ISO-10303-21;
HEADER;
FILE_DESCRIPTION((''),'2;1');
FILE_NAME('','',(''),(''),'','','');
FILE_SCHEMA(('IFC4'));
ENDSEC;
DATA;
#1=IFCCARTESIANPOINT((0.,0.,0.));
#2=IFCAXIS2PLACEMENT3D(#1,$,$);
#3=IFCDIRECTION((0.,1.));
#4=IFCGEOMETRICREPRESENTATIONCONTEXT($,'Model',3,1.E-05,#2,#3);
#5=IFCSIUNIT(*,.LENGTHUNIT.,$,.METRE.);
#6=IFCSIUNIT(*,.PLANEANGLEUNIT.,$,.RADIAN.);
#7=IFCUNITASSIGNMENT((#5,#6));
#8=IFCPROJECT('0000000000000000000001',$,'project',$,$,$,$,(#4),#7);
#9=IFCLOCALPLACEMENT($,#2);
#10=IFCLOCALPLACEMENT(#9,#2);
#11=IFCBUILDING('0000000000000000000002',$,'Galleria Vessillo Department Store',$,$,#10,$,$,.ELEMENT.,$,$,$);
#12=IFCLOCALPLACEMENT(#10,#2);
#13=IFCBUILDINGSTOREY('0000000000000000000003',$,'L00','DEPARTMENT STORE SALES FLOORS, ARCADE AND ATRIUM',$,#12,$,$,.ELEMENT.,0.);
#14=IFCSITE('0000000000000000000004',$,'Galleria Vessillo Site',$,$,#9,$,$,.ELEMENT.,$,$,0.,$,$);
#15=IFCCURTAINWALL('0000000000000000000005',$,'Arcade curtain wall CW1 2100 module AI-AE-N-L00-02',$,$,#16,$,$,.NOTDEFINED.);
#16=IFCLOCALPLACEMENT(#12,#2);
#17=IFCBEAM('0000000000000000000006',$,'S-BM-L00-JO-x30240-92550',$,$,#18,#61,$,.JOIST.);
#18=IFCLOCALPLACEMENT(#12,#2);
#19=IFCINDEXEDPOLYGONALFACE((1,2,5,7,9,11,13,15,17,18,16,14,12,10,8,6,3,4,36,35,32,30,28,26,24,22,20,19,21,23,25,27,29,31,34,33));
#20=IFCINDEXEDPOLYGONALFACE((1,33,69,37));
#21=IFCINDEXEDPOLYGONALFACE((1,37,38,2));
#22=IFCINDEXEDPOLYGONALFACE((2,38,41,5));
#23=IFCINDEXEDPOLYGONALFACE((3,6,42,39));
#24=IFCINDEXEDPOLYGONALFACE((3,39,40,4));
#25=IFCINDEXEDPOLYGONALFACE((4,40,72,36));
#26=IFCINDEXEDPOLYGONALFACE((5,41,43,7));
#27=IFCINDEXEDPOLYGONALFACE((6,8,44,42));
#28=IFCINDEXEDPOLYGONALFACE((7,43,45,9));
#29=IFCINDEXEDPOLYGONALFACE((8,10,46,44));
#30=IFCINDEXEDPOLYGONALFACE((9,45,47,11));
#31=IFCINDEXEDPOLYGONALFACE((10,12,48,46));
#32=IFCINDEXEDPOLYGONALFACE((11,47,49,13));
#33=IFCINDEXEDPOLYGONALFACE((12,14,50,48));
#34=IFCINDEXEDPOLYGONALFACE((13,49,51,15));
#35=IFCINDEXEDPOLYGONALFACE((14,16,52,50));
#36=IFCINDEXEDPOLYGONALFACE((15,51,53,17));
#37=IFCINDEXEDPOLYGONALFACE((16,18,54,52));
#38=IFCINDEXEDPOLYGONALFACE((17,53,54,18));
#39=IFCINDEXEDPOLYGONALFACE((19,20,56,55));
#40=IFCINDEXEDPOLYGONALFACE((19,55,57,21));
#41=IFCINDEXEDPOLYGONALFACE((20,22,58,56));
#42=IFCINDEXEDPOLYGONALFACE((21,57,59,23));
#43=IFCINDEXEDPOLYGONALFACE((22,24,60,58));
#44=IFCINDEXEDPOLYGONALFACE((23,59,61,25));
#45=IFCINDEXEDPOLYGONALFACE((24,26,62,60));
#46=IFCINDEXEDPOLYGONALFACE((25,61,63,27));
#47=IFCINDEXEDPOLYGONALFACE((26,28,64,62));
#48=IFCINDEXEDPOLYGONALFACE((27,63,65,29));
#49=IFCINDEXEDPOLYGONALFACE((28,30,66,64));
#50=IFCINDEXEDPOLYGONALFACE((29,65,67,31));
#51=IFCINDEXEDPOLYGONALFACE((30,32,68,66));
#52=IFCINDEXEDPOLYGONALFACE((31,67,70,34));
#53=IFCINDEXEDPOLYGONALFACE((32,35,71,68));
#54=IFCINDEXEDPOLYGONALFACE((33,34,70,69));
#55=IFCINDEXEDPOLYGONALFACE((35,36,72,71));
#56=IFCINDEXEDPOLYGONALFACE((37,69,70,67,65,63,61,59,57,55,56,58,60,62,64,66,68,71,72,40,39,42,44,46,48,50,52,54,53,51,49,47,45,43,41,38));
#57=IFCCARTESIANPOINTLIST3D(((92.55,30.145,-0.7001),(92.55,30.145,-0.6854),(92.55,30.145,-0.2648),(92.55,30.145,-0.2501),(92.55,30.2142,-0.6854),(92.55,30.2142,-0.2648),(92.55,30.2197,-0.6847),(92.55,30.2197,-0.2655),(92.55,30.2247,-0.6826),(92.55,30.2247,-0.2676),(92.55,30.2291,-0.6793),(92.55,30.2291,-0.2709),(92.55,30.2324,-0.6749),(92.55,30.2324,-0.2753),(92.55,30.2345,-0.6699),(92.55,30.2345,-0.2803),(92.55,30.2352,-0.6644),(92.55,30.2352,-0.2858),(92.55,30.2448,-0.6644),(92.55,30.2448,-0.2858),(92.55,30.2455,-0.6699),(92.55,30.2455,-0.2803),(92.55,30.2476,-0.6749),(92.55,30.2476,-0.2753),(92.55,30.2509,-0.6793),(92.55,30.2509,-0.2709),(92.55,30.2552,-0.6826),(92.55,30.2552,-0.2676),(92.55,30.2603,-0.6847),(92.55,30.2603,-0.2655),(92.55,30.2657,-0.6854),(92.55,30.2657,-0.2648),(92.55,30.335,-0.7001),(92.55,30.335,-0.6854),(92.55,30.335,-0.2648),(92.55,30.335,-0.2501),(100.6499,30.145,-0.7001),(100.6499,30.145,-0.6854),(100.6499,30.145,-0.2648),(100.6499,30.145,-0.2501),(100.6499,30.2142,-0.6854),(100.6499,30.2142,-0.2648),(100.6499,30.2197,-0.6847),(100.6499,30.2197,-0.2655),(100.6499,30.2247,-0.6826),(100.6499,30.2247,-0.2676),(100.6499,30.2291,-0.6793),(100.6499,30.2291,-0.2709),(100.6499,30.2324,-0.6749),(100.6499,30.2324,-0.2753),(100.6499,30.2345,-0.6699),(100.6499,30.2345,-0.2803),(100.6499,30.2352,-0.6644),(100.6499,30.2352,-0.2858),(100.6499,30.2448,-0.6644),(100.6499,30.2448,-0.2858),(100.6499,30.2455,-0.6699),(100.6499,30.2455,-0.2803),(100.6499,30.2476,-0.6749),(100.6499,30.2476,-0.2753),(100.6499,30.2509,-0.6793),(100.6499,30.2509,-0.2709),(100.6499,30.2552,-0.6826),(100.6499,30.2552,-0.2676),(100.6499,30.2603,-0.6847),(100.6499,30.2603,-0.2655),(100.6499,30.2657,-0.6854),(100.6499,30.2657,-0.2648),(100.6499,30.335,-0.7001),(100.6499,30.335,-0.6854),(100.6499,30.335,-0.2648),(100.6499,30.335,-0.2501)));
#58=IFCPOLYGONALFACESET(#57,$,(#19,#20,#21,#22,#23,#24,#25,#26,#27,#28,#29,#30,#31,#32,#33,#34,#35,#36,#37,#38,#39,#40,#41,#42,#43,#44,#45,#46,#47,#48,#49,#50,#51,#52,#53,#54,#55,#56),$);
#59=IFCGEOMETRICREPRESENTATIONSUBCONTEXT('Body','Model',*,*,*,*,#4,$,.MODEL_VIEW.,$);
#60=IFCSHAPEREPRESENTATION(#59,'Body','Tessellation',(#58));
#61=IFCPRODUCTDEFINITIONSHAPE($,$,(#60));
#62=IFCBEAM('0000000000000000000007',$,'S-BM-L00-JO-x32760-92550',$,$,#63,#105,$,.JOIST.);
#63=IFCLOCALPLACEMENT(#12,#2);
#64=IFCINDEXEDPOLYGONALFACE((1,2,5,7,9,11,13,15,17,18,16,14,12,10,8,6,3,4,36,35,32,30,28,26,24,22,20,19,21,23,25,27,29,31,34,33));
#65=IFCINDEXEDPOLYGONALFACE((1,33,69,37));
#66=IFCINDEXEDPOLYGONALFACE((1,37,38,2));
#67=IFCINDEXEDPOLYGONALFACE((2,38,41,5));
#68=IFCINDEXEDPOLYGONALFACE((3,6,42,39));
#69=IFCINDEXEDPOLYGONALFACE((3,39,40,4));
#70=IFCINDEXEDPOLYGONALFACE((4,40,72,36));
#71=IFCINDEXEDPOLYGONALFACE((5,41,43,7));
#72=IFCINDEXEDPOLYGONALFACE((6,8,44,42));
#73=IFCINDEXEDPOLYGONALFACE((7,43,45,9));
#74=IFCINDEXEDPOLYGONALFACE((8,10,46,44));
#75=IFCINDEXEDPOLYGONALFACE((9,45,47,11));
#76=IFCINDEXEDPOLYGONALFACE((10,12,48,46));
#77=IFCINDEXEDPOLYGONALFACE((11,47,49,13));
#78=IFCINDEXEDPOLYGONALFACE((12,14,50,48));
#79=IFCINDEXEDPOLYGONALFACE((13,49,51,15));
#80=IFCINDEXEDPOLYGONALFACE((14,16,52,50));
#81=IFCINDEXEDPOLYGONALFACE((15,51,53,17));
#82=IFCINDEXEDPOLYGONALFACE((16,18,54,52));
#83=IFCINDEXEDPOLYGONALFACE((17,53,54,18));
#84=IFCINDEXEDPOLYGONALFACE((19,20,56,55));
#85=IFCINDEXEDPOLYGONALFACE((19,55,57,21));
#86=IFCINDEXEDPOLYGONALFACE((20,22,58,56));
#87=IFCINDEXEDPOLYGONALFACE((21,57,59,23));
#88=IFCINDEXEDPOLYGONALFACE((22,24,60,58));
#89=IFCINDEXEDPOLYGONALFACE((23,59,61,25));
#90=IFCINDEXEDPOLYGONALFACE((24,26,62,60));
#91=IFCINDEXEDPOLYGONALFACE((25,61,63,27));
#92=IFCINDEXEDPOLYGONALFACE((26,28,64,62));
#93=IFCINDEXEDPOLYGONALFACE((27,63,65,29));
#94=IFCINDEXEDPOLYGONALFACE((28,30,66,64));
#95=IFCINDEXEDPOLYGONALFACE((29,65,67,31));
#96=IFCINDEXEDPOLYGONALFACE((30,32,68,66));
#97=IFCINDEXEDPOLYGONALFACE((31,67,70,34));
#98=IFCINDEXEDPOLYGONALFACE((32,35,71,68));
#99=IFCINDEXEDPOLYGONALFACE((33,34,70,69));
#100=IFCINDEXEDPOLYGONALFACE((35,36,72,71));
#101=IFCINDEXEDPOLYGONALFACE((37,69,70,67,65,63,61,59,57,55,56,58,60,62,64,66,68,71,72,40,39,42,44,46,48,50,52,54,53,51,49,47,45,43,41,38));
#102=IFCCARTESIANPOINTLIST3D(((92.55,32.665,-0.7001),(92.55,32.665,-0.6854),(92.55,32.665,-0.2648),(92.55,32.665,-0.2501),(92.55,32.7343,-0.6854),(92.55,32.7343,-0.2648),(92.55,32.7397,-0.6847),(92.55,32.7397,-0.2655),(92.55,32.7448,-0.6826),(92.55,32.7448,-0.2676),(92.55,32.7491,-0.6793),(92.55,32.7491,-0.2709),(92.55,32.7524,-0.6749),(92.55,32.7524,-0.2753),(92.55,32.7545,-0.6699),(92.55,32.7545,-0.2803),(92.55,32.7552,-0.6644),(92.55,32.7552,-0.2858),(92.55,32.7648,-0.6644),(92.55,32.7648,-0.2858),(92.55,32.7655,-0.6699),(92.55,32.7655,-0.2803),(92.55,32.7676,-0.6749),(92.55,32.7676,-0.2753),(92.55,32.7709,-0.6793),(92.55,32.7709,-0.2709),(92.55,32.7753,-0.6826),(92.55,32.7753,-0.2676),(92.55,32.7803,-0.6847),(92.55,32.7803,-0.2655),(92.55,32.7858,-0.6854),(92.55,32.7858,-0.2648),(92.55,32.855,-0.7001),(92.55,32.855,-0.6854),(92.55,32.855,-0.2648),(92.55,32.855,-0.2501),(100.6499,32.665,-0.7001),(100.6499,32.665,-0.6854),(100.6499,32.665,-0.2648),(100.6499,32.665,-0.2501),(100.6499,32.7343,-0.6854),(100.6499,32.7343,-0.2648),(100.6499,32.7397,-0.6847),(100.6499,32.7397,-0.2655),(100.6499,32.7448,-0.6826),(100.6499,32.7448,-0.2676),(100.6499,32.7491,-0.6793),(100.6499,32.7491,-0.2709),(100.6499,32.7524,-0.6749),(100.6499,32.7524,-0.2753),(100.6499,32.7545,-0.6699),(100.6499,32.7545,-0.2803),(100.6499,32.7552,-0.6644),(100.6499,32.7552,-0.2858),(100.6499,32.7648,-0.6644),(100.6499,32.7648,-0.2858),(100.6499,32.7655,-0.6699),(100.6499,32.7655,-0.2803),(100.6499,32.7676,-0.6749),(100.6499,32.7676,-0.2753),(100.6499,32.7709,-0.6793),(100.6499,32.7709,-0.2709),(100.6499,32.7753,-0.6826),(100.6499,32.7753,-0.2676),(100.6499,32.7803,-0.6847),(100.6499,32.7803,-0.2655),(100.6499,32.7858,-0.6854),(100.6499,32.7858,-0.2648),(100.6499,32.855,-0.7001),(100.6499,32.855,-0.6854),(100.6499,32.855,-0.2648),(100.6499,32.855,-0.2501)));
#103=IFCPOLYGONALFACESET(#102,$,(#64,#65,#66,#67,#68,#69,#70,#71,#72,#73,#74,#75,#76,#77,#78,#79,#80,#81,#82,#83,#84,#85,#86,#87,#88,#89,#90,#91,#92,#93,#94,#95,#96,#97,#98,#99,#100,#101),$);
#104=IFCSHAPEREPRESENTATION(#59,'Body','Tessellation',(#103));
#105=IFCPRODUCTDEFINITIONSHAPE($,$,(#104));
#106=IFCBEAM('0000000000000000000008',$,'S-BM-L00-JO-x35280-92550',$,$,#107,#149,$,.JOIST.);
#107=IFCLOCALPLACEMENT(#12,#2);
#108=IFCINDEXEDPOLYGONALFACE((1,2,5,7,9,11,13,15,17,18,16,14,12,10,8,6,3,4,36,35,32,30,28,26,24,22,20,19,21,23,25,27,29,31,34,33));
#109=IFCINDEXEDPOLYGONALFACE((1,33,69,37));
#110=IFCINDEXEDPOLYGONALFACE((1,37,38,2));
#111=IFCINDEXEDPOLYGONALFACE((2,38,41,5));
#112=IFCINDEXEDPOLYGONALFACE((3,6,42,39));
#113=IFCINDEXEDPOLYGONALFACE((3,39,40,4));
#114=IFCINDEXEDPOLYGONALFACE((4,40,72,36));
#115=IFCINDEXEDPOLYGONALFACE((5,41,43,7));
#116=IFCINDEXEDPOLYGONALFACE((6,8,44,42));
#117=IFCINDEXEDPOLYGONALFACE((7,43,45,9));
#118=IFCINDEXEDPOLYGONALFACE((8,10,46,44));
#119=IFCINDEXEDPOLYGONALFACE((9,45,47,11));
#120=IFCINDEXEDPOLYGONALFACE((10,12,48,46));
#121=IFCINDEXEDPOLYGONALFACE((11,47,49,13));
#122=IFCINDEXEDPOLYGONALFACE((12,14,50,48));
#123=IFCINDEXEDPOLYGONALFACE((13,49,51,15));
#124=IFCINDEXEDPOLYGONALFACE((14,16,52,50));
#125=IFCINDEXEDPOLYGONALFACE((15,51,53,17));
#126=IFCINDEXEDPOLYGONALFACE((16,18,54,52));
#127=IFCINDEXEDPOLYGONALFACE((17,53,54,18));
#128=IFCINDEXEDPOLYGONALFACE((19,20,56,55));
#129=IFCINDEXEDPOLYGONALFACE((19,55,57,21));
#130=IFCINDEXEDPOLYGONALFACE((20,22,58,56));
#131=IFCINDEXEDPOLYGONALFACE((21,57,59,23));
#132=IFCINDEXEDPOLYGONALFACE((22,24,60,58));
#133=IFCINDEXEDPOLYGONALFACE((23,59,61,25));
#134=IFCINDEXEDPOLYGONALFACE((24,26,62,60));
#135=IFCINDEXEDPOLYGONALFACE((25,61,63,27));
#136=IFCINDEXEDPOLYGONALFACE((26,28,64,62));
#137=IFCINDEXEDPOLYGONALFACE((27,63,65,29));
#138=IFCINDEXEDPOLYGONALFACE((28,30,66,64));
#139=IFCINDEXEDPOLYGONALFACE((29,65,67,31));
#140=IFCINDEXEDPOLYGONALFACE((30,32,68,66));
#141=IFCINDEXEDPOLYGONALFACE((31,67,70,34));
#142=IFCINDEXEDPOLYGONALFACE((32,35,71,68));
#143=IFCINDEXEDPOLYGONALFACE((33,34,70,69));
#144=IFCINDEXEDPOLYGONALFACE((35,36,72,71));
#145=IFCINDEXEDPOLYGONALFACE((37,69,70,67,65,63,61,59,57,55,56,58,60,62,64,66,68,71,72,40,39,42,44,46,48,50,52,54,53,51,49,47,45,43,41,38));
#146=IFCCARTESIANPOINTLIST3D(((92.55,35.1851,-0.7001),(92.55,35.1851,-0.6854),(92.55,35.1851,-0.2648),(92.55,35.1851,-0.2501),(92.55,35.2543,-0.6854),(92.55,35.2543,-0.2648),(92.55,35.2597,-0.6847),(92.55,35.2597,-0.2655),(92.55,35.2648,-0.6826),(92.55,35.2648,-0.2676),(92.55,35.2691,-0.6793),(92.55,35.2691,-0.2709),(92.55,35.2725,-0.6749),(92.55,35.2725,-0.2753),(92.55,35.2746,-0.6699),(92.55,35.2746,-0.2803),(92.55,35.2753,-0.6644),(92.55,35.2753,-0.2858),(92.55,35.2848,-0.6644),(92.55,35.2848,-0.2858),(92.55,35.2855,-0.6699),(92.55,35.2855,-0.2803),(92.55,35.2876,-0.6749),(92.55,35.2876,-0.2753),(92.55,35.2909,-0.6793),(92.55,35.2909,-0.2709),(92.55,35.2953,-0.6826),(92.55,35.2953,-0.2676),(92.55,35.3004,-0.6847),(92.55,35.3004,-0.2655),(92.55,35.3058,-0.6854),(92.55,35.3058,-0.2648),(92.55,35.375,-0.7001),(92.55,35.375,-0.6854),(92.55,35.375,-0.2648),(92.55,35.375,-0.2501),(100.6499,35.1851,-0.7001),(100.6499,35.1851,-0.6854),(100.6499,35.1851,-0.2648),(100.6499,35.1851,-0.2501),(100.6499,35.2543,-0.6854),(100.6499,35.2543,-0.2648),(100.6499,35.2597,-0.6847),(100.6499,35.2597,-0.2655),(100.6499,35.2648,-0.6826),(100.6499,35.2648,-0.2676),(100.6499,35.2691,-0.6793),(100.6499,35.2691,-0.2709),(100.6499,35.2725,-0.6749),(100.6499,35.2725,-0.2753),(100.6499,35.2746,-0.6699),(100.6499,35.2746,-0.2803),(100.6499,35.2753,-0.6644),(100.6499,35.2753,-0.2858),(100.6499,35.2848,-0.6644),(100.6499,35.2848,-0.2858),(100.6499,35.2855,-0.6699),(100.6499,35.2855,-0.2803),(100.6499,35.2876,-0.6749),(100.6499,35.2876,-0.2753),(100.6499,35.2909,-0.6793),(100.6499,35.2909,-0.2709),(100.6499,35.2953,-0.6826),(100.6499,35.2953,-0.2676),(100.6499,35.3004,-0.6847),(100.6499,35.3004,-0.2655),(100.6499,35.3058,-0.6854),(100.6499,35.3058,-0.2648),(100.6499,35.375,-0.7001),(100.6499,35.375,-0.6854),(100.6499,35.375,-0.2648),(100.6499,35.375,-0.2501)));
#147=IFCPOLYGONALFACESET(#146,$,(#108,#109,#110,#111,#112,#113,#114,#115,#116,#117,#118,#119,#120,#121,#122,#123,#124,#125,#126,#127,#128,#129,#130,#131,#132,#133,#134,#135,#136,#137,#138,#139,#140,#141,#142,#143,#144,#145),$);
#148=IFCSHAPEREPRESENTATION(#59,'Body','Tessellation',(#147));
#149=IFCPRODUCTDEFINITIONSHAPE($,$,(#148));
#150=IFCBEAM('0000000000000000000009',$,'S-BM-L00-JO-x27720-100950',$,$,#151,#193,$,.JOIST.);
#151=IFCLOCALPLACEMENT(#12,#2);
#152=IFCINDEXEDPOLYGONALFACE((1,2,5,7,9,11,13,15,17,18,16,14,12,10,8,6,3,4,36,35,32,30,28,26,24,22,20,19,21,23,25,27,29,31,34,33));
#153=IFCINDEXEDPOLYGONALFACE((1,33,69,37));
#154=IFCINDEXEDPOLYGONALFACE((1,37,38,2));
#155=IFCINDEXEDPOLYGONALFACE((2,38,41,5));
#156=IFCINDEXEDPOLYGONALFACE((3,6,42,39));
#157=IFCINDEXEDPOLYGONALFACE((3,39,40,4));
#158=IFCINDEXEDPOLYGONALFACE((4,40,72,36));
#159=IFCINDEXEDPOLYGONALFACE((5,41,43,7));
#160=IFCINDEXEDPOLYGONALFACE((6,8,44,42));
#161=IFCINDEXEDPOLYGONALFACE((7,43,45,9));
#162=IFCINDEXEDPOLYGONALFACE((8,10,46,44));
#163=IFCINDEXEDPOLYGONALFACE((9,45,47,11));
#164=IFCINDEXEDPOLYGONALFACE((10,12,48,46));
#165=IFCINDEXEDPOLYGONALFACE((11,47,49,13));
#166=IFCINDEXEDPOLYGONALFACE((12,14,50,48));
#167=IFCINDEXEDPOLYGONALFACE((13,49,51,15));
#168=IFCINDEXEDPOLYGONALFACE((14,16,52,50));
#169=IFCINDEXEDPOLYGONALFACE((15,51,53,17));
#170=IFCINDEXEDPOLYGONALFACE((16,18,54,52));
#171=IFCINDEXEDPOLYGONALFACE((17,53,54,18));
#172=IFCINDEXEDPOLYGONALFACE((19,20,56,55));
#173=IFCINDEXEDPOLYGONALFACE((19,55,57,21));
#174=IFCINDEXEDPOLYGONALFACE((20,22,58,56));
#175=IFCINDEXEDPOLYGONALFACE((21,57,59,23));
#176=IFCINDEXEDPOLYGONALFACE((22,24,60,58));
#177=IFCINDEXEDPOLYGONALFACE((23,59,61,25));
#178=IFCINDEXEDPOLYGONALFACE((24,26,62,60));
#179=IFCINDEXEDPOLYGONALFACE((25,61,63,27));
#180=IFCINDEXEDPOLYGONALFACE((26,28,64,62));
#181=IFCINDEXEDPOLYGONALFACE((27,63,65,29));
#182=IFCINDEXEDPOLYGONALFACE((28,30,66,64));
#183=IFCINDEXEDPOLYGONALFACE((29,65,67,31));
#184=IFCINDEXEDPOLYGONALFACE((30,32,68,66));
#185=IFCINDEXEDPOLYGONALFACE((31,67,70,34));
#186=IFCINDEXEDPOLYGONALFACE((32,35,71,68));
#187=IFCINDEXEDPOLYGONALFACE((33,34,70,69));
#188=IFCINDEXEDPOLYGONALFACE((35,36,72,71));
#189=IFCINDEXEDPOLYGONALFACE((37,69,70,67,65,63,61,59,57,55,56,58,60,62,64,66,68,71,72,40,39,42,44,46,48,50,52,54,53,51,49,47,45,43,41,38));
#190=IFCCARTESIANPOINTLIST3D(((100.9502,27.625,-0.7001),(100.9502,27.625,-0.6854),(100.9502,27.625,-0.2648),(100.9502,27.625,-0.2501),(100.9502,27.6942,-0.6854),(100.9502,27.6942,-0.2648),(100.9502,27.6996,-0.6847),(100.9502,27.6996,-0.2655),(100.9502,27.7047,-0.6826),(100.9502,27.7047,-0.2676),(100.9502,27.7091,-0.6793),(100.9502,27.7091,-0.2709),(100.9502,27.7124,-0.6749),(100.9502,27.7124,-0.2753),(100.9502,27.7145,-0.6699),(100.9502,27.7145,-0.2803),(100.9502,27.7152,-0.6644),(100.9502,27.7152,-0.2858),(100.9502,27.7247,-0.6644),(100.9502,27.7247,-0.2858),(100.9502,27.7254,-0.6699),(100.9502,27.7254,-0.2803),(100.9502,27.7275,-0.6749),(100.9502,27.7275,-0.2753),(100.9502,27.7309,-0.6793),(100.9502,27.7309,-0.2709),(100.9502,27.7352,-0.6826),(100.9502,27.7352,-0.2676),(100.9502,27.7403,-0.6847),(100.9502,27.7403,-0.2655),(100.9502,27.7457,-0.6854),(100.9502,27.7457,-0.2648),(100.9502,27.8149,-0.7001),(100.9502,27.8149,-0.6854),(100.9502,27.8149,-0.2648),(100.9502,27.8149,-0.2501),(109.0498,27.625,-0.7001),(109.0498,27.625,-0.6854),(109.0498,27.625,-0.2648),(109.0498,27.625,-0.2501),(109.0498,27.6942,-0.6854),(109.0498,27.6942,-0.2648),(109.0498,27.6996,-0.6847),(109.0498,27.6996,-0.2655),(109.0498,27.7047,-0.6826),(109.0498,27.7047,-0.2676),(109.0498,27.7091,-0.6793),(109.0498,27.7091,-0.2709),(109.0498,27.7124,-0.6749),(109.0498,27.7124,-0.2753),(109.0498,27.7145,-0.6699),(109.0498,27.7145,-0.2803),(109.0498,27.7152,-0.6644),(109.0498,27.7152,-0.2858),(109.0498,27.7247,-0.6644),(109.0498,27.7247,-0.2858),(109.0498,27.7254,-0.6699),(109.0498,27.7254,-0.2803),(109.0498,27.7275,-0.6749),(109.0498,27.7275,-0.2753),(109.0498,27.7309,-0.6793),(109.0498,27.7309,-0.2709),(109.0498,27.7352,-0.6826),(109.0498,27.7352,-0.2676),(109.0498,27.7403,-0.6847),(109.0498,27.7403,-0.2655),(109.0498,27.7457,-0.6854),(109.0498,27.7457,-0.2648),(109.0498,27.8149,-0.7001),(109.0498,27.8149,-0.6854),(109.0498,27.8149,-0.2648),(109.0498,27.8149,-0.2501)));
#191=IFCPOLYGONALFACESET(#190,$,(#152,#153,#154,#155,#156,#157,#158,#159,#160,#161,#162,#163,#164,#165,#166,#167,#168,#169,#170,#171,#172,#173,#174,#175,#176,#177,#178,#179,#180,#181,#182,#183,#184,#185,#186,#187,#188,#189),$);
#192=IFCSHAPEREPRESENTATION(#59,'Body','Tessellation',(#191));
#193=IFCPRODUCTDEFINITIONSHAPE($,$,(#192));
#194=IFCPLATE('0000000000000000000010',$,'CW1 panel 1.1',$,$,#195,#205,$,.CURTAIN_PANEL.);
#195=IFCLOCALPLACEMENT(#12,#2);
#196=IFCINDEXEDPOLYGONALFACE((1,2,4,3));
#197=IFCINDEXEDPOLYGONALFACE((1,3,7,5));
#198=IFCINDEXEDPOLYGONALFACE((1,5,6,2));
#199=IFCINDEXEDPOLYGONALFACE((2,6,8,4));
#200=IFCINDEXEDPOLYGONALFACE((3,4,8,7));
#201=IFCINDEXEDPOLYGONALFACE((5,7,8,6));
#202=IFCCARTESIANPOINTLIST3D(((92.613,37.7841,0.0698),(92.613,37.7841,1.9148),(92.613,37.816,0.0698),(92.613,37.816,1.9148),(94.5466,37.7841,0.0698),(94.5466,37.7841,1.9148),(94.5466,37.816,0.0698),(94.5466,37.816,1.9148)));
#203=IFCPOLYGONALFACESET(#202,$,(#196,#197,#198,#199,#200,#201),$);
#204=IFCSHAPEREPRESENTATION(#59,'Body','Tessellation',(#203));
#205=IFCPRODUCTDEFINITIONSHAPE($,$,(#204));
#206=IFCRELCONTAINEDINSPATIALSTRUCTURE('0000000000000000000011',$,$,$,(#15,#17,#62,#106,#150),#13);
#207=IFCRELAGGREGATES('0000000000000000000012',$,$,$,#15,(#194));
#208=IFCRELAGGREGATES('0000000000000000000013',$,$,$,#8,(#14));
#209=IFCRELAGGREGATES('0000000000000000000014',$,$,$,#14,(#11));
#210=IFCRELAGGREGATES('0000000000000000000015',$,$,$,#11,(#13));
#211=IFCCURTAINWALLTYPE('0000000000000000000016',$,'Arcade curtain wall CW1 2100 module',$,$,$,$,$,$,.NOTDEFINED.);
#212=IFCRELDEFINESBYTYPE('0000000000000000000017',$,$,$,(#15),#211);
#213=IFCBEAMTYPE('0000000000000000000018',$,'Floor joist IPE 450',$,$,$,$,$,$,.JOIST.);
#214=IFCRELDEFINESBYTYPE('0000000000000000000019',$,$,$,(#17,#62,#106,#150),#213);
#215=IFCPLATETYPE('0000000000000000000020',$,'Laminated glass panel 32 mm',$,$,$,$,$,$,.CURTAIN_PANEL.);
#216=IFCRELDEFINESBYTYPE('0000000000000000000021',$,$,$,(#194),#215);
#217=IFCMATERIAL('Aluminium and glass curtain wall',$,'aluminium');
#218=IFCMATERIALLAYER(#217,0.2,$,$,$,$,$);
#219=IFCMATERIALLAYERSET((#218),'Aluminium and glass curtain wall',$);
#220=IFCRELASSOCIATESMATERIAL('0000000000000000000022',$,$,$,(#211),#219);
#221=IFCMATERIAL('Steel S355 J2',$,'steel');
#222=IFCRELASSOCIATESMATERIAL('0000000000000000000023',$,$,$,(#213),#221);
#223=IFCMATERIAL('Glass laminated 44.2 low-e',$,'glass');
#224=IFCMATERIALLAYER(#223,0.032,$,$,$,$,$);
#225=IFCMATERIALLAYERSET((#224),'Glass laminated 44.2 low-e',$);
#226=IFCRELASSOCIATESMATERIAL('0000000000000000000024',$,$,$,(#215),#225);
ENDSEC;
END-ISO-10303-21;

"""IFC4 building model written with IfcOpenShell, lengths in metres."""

from ifc_helpers import new_model, si_unit, direction, frame, origin, origin_2d, place, context, subcontext, project, spatial, rectangle, i_section, extrude, material, layer, layer_set, material_profile, profile_set, type_object, element, aggregate, save


model = new_model("IFC4")

# Units and contexts
model_context = context("Model", 3, precision=1e-05, world=origin(), true_north=direction((0.0, 1.0)))
body_context = subcontext(model_context, "Body", "Model", "MODEL_VIEW")
ifc_project = project(units=[si_unit("LENGTHUNIT", "METRE"), si_unit("PLANEANGLEUNIT", "RADIAN")], contexts=[model_context])

# Site, building, storey
site_placement = place(None, origin())
site = spatial("IfcSite", under=ifc_project, at=site_placement, Name="Galleria Vessillo Site", CompositionType="ELEMENT", RefElevation=0.0)
building_placement = place(site_placement, origin())
building = spatial("IfcBuilding", under=site, at=building_placement, Name="Galleria Vessillo Department Store", CompositionType="ELEMENT")
storey_placement = place(building_placement, origin())
storey = spatial("IfcBuildingStorey", under=building, at=storey_placement, Name="L00", Description="DEPARTMENT STORE SALES FLOORS, ARCADE AND ATRIUM", CompositionType="ELEMENT", Elevation=0.0)

# Curtain wall
ifc_material_1 = material(Name="Aluminium and glass curtain wall", Category="aluminium")
ifc_layer_1 = layer(ifc_material_1, 0.2)
ifc_layer_set_1 = layer_set([ifc_layer_1], Name="Aluminium and glass curtain wall")
curtain_wall_type = type_object("IfcCurtainWallType", Name="Arcade curtain wall CW1 2100 module", PredefinedType="NOTDEFINED", material=ifc_layer_set_1)
curtain_wall_placement = place(storey_placement, origin())
curtain_wall = element("IfcCurtainWall", 1, at=curtain_wall_placement, inside=storey, type_object=curtain_wall_type, Name="Arcade curtain wall CW1 2100 module AI-AE-N-L00-02", PredefinedType="NOTDEFINED")

# Beams
ifc_material_2 = material(Name="Steel S355 J2", Category="steel")
ifc_material_profile_1 = material_profile(ifc_material_2, i_section(OverallWidth=0.1899, OverallDepth=0.45, WebThickness=0.0095, FlangeThickness=0.0146, FilletRadius=0.021, at=origin_2d()), Name="IPE 450")
ifc_profile_set_1 = profile_set([ifc_material_profile_1], Name="Steel S355 J2")
beam_type = type_object("IfcBeamType", Name="Floor joist IPE 450", PredefinedType="JOIST", material=ifc_profile_set_1)
for number, where, z_axis, x_axis, name in (
    (2, (92.55, 30.24, -0.4751), (1.0, 0.0, 0.0), (0.0, 1.0, 0.0), "S-BM-L00-JO-x30240-92550"),
    (3, (92.55, 32.76, -0.4751), (1.0, 0.0, 0.0), (0.0, 1.0, 0.0), "S-BM-L00-JO-x32760-92550"),
    (4, (92.55, 35.28, -0.4751), (1.0, 0.0, 0.0), (0.0, 1.0, 0.0), "S-BM-L00-JO-x35280-92550"),
):
    element("IfcBeam", number, at=place(storey_placement, frame(where, z_axis=z_axis, x_axis=x_axis)), inside=storey, type_object=beam_type, Name=name, PredefinedType="JOIST", context=body_context, shape_type="SweptSolid", body=[
        extrude(i_section(OverallWidth=0.1899, OverallDepth=0.45, WebThickness=0.0095, FlangeThickness=0.0146, FilletRadius=0.021, at=origin_2d()), origin(), (0.0, 0.0, 1.0), 8.0999),
    ])
beam_placement = place(storey_placement, frame((100.9502, 27.72, -0.4751), z_axis=(1.0, 0.0, 0.0), x_axis=(0.0, 1.0, 0.0)))
element("IfcBeam", 5, at=beam_placement, inside=storey, type_object=beam_type, Name="S-BM-L00-JO-x27720-100950", PredefinedType="JOIST", context=body_context, shape_type="SweptSolid", body=[
    extrude(i_section(OverallWidth=0.1899, OverallDepth=0.45, WebThickness=0.0095, FlangeThickness=0.0146, FilletRadius=0.021, at=origin_2d()), origin(), (0.0, 0.0, 1.0), 8.0996),
])

# Plate
ifc_material_3 = material(Name="Glass laminated 44.2 low-e", Category="glass")
ifc_layer_2 = layer(ifc_material_3, 0.032)
ifc_layer_set_2 = layer_set([ifc_layer_2], Name="Glass laminated 44.2 low-e")
plate_type = type_object("IfcPlateType", Name="Laminated glass panel 32 mm", PredefinedType="CURTAIN_PANEL", material=ifc_layer_set_2)
plate_1_placement = place(storey_placement, frame((93.5798, 37.8, 0.0698), z_axis=(0.0, 0.0, 1.0), x_axis=(1.0, 0.0, 0.0)))
plate_1 = element("IfcPlate", 6, at=plate_1_placement, type_object=plate_type, Name="CW1 panel 1.1", PredefinedType="CURTAIN_PANEL", context=body_context, shape_type="SweptSolid", body=[
    extrude(rectangle(XDim=1.9336, YDim=0.032, at=origin_2d()), origin(), (0.0, 0.0, 1.0), 1.845),
])
aggregate(curtain_wall, [plate_1])

save(model, "model.ifc")
